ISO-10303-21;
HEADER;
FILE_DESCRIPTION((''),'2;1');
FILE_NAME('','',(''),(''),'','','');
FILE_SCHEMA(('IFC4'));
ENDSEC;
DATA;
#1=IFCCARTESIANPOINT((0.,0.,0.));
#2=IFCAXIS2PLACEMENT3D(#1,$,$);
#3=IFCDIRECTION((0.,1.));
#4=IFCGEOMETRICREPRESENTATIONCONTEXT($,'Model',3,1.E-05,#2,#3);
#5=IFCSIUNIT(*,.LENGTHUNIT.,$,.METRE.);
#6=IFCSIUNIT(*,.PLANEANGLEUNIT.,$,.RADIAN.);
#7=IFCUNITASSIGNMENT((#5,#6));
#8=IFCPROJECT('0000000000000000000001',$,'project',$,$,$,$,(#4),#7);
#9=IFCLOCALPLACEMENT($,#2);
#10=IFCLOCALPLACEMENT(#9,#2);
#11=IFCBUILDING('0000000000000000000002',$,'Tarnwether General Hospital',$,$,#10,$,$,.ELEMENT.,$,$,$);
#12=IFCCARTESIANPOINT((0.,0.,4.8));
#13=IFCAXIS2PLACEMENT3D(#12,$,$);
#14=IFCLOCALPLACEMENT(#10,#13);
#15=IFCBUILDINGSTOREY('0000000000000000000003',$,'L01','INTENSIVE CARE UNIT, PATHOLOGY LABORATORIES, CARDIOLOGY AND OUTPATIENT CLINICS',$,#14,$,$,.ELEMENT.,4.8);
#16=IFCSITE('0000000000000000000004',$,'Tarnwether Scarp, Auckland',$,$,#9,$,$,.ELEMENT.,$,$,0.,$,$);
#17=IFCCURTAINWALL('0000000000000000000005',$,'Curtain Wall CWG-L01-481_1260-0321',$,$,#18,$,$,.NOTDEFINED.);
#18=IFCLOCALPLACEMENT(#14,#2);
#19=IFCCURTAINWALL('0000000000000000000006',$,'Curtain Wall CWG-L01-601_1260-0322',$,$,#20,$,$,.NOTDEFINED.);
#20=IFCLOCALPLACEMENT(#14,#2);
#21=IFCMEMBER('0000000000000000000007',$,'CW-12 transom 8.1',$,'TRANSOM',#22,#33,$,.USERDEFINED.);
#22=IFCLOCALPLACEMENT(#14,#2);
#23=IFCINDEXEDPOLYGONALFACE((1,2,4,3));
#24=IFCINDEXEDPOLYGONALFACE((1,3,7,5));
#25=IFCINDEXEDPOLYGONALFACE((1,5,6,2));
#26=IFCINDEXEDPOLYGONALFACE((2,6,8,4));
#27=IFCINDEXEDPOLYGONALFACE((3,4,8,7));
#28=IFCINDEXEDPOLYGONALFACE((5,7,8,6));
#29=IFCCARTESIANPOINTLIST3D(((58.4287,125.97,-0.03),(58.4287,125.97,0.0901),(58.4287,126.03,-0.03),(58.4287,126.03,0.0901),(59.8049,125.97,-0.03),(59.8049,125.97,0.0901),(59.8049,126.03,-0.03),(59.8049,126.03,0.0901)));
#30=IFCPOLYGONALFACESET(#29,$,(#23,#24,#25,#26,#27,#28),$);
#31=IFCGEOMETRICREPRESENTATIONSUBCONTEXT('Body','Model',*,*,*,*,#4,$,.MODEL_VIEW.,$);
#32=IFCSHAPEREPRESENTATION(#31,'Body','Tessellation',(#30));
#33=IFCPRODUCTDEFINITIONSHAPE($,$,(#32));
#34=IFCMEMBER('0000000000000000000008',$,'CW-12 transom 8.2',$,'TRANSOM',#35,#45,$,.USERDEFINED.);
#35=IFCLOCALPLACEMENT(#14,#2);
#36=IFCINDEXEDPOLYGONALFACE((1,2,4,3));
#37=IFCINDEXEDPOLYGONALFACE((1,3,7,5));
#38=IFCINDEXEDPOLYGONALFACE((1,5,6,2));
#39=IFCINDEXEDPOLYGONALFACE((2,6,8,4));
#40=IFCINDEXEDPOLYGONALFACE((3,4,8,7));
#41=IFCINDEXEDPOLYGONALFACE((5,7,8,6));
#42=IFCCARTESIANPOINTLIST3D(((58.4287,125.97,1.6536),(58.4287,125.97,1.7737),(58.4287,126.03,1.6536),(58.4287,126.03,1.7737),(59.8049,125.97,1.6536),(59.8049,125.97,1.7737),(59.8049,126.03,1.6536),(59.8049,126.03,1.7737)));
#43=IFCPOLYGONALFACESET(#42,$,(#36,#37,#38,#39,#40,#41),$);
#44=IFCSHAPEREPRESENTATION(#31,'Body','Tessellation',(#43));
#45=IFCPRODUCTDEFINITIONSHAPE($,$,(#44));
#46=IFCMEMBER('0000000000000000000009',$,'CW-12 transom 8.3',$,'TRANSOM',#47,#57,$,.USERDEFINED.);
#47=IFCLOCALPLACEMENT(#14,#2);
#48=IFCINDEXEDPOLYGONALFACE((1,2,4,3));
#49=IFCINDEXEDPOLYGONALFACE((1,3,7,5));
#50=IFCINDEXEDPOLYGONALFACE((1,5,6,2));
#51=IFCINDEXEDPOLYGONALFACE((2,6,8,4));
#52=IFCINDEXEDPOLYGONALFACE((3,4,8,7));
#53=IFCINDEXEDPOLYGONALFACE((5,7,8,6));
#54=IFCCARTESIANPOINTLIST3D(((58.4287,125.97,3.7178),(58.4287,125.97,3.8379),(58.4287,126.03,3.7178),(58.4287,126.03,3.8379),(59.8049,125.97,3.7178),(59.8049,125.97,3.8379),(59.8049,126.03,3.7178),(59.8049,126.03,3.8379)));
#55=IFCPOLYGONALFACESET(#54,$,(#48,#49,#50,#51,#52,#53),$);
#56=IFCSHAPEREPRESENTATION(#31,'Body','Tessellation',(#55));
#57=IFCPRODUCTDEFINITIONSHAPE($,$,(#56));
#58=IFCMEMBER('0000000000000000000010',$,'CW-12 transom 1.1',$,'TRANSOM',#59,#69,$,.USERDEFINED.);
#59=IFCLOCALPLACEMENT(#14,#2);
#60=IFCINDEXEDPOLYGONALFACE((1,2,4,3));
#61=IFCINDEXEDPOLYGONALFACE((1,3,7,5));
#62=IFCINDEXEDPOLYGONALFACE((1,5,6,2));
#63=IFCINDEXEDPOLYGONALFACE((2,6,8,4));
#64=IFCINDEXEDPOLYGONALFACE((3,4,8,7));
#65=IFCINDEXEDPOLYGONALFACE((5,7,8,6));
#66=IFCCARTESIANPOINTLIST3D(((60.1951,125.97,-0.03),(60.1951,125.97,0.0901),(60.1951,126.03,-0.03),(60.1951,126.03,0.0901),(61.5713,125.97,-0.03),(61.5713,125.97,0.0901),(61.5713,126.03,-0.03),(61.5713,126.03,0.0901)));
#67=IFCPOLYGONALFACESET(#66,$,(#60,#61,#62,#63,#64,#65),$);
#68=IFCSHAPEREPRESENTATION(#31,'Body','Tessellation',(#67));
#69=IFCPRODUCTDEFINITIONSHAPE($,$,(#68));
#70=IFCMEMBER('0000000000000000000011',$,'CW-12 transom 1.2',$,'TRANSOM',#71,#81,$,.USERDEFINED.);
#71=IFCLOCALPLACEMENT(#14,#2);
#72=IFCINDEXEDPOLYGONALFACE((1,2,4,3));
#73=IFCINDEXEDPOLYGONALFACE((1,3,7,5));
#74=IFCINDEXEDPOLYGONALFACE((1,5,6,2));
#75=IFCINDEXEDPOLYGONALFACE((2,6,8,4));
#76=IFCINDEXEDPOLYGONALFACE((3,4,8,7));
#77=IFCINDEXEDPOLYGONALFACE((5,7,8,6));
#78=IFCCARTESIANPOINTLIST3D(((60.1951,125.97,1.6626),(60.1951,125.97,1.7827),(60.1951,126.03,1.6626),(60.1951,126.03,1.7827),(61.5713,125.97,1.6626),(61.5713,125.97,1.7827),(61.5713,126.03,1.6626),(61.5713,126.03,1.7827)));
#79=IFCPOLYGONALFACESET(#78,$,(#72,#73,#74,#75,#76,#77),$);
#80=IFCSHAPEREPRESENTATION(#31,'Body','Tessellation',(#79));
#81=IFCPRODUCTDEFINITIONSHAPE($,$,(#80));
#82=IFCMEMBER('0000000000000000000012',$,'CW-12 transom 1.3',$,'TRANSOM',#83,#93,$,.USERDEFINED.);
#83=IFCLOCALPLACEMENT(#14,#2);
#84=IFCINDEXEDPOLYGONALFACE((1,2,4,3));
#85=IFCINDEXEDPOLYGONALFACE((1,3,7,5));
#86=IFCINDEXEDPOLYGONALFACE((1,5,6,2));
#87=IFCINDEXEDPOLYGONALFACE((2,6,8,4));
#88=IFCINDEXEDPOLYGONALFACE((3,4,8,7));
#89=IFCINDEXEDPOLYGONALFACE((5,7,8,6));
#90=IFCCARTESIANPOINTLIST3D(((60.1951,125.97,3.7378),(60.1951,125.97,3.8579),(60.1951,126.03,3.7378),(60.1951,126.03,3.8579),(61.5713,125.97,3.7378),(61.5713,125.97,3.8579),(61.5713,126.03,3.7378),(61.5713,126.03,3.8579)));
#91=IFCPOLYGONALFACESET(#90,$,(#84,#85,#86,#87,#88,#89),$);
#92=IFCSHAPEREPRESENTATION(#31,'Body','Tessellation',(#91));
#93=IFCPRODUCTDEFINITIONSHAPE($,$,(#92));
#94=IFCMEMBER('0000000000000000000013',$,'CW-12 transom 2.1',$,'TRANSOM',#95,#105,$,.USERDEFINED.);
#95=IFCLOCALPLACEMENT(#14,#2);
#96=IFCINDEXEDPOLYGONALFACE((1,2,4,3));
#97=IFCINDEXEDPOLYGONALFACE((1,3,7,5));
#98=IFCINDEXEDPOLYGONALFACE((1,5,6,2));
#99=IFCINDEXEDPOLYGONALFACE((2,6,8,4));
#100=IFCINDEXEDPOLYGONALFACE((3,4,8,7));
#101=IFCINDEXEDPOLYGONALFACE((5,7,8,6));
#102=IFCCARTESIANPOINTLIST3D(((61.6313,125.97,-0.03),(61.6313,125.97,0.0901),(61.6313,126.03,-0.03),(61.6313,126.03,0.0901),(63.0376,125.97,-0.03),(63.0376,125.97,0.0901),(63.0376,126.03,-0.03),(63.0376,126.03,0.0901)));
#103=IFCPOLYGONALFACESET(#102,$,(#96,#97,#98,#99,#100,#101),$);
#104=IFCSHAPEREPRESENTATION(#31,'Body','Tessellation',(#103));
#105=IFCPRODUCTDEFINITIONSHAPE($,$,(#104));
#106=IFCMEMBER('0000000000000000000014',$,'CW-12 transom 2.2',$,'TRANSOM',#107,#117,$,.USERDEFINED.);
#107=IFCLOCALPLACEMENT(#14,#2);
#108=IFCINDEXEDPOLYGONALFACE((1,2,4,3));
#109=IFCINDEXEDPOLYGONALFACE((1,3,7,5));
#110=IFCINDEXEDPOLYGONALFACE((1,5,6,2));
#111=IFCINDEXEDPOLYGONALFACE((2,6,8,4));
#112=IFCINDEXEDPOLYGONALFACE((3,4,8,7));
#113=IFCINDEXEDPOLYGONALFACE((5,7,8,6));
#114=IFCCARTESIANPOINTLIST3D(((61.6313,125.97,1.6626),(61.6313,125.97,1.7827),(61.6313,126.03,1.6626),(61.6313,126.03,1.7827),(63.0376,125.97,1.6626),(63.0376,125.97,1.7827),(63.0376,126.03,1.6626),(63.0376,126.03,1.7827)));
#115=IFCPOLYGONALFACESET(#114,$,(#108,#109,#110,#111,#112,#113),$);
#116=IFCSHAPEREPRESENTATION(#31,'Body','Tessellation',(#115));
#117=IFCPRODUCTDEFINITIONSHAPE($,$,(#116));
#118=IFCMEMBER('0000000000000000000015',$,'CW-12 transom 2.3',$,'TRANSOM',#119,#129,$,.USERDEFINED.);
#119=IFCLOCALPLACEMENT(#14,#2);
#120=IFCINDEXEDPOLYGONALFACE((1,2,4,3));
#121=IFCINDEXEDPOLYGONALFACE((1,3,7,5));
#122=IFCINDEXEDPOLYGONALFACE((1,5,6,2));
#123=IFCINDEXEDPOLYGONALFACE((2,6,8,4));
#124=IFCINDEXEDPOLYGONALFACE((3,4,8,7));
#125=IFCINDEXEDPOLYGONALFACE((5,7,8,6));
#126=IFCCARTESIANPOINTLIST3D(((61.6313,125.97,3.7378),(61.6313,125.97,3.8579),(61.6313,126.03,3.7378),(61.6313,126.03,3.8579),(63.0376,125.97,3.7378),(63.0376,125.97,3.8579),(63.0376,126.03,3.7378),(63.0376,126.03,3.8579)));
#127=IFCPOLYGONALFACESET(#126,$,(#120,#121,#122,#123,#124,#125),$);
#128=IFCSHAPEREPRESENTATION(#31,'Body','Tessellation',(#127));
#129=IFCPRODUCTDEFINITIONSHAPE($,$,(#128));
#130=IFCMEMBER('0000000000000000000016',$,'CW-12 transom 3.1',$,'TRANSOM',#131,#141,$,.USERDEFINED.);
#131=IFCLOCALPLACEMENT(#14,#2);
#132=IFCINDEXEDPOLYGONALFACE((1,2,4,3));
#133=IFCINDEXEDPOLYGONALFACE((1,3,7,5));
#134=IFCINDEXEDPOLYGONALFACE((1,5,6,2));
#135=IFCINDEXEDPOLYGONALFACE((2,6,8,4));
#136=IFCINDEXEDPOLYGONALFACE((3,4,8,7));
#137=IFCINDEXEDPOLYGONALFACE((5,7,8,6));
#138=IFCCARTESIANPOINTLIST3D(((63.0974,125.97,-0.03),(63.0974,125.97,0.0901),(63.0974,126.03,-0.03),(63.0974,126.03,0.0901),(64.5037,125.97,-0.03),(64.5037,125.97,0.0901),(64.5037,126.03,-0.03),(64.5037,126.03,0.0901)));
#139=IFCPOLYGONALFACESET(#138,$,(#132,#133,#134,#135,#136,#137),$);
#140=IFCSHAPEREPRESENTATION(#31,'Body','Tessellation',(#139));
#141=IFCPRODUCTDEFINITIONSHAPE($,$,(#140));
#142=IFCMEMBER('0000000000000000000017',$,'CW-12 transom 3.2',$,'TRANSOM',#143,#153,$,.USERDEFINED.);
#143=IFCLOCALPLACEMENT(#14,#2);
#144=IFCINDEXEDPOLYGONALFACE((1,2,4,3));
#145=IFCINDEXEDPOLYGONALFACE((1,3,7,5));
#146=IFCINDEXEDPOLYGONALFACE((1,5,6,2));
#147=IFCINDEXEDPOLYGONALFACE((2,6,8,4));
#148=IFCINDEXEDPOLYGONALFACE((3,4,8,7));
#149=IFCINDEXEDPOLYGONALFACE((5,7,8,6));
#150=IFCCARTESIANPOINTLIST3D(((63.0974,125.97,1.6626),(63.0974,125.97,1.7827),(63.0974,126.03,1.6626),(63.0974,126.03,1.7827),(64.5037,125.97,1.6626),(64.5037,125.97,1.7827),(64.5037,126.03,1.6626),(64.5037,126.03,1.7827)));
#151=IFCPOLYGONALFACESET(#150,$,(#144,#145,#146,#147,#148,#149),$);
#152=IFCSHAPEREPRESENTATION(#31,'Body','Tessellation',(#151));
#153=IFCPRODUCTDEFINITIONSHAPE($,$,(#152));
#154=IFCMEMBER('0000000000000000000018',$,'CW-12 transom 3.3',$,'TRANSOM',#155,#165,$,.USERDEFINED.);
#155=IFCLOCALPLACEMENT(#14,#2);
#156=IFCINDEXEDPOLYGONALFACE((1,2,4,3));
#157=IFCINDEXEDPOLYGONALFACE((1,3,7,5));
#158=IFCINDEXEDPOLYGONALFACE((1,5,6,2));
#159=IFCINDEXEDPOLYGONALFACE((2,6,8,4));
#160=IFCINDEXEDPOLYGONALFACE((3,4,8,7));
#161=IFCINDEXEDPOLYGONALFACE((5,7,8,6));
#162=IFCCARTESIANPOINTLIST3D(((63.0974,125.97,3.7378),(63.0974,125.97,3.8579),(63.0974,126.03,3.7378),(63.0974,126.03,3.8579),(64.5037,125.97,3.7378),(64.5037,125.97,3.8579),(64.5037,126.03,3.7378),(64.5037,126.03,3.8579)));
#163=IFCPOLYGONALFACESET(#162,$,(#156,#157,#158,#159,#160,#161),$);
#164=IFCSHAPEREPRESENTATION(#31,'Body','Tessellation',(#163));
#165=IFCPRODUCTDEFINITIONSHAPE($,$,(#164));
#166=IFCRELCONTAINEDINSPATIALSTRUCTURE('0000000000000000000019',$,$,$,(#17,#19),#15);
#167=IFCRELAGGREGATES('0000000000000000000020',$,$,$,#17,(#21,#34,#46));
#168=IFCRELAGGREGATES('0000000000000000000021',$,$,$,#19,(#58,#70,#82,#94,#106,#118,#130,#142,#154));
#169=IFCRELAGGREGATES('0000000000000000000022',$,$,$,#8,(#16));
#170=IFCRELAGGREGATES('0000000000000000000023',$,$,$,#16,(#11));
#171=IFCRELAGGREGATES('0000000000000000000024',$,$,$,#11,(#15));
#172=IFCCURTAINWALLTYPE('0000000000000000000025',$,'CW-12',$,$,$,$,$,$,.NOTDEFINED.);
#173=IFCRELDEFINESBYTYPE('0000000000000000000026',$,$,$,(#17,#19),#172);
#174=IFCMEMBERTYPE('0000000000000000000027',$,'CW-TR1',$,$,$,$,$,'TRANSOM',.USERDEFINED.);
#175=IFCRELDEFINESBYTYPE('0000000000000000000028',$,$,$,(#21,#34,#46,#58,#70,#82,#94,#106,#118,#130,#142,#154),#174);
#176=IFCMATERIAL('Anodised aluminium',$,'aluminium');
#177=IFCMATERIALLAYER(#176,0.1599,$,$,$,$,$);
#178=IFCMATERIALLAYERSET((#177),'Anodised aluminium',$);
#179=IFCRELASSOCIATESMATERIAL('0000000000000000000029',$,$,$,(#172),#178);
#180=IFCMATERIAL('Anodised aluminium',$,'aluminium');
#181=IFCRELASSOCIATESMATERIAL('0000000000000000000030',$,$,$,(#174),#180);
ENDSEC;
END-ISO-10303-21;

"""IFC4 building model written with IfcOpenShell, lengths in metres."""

from ifc_helpers import new_model, si_unit, direction, frame, origin, origin_2d, place, context, subcontext, project, spatial, rectangle, extrude, material, layer, layer_set, material_profile, profile_set, type_object, element, aggregate, save


model = new_model("IFC4")

# Units and contexts
model_context = context("Model", 3, precision=1e-05, world=origin(), true_north=direction((0.0, 1.0)))
body_context = subcontext(model_context, "Body", "Model", "MODEL_VIEW")
ifc_project = project(units=[si_unit("LENGTHUNIT", "METRE"), si_unit("PLANEANGLEUNIT", "RADIAN")], contexts=[model_context])

# Site, building, storey
site_placement = place(None, origin())
site = spatial("IfcSite", under=ifc_project, at=site_placement, Name="Tarnwether Scarp, Auckland", CompositionType="ELEMENT", RefElevation=0.0)
building_placement = place(site_placement, origin())
building = spatial("IfcBuilding", under=site, at=building_placement, Name="Tarnwether General Hospital", CompositionType="ELEMENT")
storey_placement = place(building_placement, frame((0.0, 0.0, 4.8)))
storey = spatial("IfcBuildingStorey", under=building, at=storey_placement, Name="L01", Description="INTENSIVE CARE UNIT, PATHOLOGY LABORATORIES, CARDIOLOGY AND OUTPATIENT CLINICS", CompositionType="ELEMENT", Elevation=4.8)

# Curtain walls
ifc_material_1 = material(Name="Anodised aluminium", Category="aluminium")
ifc_layer_1 = layer(ifc_material_1, 0.1599)
ifc_layer_set_1 = layer_set([ifc_layer_1], Name="Anodised aluminium")
curtain_wall_type = type_object("IfcCurtainWallType", Name="CW-12", PredefinedType="NOTDEFINED", material=ifc_layer_set_1)
curtain_wall_1_placement = place(storey_placement, origin())
curtain_wall_1 = element("IfcCurtainWall", 1, at=curtain_wall_1_placement, inside=storey, type_object=curtain_wall_type, Name="Curtain Wall CWG-L01-481_1260-0321", PredefinedType="NOTDEFINED")
curtain_wall_2_placement = place(storey_placement, origin())
curtain_wall_2 = element("IfcCurtainWall", 2, at=curtain_wall_2_placement, inside=storey, type_object=curtain_wall_type, Name="Curtain Wall CWG-L01-601_1260-0322", PredefinedType="NOTDEFINED")

# Members
ifc_material_2 = material(Name="Anodised aluminium", Category="aluminium")
ifc_material_profile_1 = material_profile(ifc_material_2, rectangle(XDim=0.0601, YDim=0.1201, at=origin_2d()), Name="ALU-TRN-60x120")
ifc_profile_set_1 = profile_set([ifc_material_profile_1], Name="Anodised aluminium")
member_type_1 = type_object("IfcMemberType", Name="CW-TR1", ElementType="TRANSOM", PredefinedType="USERDEFINED", material=ifc_profile_set_1)
member_1_placement = place(storey_placement, frame((58.4287, 126.0, 0.03), z_axis=(1.0, 0.0, 0.0), x_axis=(0.0, 1.0, 0.0)))
member_1 = element("IfcMember", 3, at=member_1_placement, type_object=member_type_1, Name="CW-12 transom 8.1", ObjectType="TRANSOM", PredefinedType="USERDEFINED", context=body_context, shape_type="SweptSolid", body=[
    extrude(rectangle(XDim=0.0601, YDim=0.1201, at=origin_2d()), origin(), (0.0, 0.0, 1.0), 1.3762),
])
member_2_placement = place(storey_placement, frame((58.4287, 126.0, 1.7136), z_axis=(1.0, 0.0, 0.0), x_axis=(0.0, 1.0, 0.0)))
member_2 = element("IfcMember", 4, at=member_2_placement, type_object=member_type_1, Name="CW-12 transom 8.2", ObjectType="TRANSOM", PredefinedType="USERDEFINED", context=body_context, shape_type="SweptSolid", body=[
    extrude(rectangle(XDim=0.0601, YDim=0.1201, at=origin_2d()), origin(), (0.0, 0.0, 1.0), 1.3762),
])
member_3_placement = place(storey_placement, frame((58.4287, 126.0, 3.7778), z_axis=(1.0, 0.0, 0.0), x_axis=(0.0, 1.0, 0.0)))
member_3 = element("IfcMember", 5, at=member_3_placement, type_object=member_type_1, Name="CW-12 transom 8.3", ObjectType="TRANSOM", PredefinedType="USERDEFINED", context=body_context, shape_type="SweptSolid", body=[
    extrude(rectangle(XDim=0.0601, YDim=0.1201, at=origin_2d()), origin(), (0.0, 0.0, 1.0), 1.3762),
])
member_4_placement = place(storey_placement, frame((60.1951, 126.0, 0.03), z_axis=(1.0, 0.0, 0.0), x_axis=(0.0, 1.0, 0.0)))
member_4 = element("IfcMember", 6, at=member_4_placement, type_object=member_type_1, Name="CW-12 transom 1.1", ObjectType="TRANSOM", PredefinedType="USERDEFINED", context=body_context, shape_type="SweptSolid", body=[
    extrude(rectangle(XDim=0.0601, YDim=0.1201, at=origin_2d()), origin(), (0.0, 0.0, 1.0), 1.3762),
])
member_5_placement = place(storey_placement, frame((60.1951, 126.0, 1.7227), z_axis=(1.0, 0.0, 0.0), x_axis=(0.0, 1.0, 0.0)))
member_5 = element("IfcMember", 7, at=member_5_placement, type_object=member_type_1, Name="CW-12 transom 1.2", ObjectType="TRANSOM", PredefinedType="USERDEFINED", context=body_context, shape_type="SweptSolid", body=[
    extrude(rectangle(XDim=0.0601, YDim=0.1201, at=origin_2d()), origin(), (0.0, 0.0, 1.0), 1.3762),
])
member_6_placement = place(storey_placement, frame((60.1951, 126.0, 3.7979), z_axis=(1.0, 0.0, 0.0), x_axis=(0.0, 1.0, 0.0)))
member_6 = element("IfcMember", 8, at=member_6_placement, type_object=member_type_1, Name="CW-12 transom 1.3", ObjectType="TRANSOM", PredefinedType="USERDEFINED", context=body_context, shape_type="SweptSolid", body=[
    extrude(rectangle(XDim=0.0601, YDim=0.1201, at=origin_2d()), origin(), (0.0, 0.0, 1.0), 1.3762),
])
member_7_placement = place(storey_placement, frame((61.6313, 126.0, 0.03), z_axis=(1.0, 0.0, 0.0), x_axis=(0.0, 1.0, 0.0)))
member_7 = element("IfcMember", 9, at=member_7_placement, type_object=member_type_1, Name="CW-12 transom 2.1", ObjectType="TRANSOM", PredefinedType="USERDEFINED", context=body_context, shape_type="SweptSolid", body=[
    extrude(rectangle(XDim=0.0601, YDim=0.1201, at=origin_2d()), origin(), (0.0, 0.0, 1.0), 1.4062),
])
member_8_placement = place(storey_placement, frame((61.6313, 126.0, 1.7227), z_axis=(1.0, 0.0, 0.0), x_axis=(0.0, 1.0, 0.0)))
member_8 = element("IfcMember", 10, at=member_8_placement, type_object=member_type_1, Name="CW-12 transom 2.2", ObjectType="TRANSOM", PredefinedType="USERDEFINED", context=body_context, shape_type="SweptSolid", body=[
    extrude(rectangle(XDim=0.0601, YDim=0.1201, at=origin_2d()), origin(), (0.0, 0.0, 1.0), 1.4062),
])
member_9_placement = place(storey_placement, frame((61.6313, 126.0, 3.7979), z_axis=(1.0, 0.0, 0.0), x_axis=(0.0, 1.0, 0.0)))
member_9 = element("IfcMember", 11, at=member_9_placement, type_object=member_type_1, Name="CW-12 transom 2.3", ObjectType="TRANSOM", PredefinedType="USERDEFINED", context=body_context, shape_type="SweptSolid", body=[
    extrude(rectangle(XDim=0.0601, YDim=0.1201, at=origin_2d()), origin(), (0.0, 0.0, 1.0), 1.4062),
])
member_10_placement = place(storey_placement, frame((63.0974, 126.0, 0.03), z_axis=(1.0, 0.0, 0.0), x_axis=(0.0, 1.0, 0.0)))
member_10 = element("IfcMember", 12, at=member_10_placement, type_object=member_type_1, Name="CW-12 transom 3.1", ObjectType="TRANSOM", PredefinedType="USERDEFINED", context=body_context, shape_type="SweptSolid", body=[
    extrude(rectangle(XDim=0.0601, YDim=0.1201, at=origin_2d()), origin(), (0.0, 0.0, 1.0), 1.4062),
])
member_11_placement = place(storey_placement, frame((63.0974, 126.0, 1.7227), z_axis=(1.0, 0.0, 0.0), x_axis=(0.0, 1.0, 0.0)))
member_11 = element("IfcMember", 13, at=member_11_placement, type_object=member_type_1, Name="CW-12 transom 3.2", ObjectType="TRANSOM", PredefinedType="USERDEFINED", context=body_context, shape_type="SweptSolid", body=[
    extrude(rectangle(XDim=0.0601, YDim=0.1201, at=origin_2d()), origin(), (0.0, 0.0, 1.0), 1.4062),
])
member_12_placement = place(storey_placement, frame((63.0974, 126.0, 3.7979), z_axis=(1.0, 0.0, 0.0), x_axis=(0.0, 1.0, 0.0)))
member_12 = element("IfcMember", 14, at=member_12_placement, type_object=member_type_1, Name="CW-12 transom 3.3", ObjectType="TRANSOM", PredefinedType="USERDEFINED", context=body_context, shape_type="SweptSolid", body=[
    extrude(rectangle(XDim=0.0601, YDim=0.1201, at=origin_2d()), origin(), (0.0, 0.0, 1.0), 1.4062),
])

aggregate(curtain_wall_1, [member_1, member_2, member_3])
aggregate(curtain_wall_2, [member_4, member_5, member_6, member_7, member_8, member_9, member_10, member_11, member_12])

save(model, "model.ifc")
